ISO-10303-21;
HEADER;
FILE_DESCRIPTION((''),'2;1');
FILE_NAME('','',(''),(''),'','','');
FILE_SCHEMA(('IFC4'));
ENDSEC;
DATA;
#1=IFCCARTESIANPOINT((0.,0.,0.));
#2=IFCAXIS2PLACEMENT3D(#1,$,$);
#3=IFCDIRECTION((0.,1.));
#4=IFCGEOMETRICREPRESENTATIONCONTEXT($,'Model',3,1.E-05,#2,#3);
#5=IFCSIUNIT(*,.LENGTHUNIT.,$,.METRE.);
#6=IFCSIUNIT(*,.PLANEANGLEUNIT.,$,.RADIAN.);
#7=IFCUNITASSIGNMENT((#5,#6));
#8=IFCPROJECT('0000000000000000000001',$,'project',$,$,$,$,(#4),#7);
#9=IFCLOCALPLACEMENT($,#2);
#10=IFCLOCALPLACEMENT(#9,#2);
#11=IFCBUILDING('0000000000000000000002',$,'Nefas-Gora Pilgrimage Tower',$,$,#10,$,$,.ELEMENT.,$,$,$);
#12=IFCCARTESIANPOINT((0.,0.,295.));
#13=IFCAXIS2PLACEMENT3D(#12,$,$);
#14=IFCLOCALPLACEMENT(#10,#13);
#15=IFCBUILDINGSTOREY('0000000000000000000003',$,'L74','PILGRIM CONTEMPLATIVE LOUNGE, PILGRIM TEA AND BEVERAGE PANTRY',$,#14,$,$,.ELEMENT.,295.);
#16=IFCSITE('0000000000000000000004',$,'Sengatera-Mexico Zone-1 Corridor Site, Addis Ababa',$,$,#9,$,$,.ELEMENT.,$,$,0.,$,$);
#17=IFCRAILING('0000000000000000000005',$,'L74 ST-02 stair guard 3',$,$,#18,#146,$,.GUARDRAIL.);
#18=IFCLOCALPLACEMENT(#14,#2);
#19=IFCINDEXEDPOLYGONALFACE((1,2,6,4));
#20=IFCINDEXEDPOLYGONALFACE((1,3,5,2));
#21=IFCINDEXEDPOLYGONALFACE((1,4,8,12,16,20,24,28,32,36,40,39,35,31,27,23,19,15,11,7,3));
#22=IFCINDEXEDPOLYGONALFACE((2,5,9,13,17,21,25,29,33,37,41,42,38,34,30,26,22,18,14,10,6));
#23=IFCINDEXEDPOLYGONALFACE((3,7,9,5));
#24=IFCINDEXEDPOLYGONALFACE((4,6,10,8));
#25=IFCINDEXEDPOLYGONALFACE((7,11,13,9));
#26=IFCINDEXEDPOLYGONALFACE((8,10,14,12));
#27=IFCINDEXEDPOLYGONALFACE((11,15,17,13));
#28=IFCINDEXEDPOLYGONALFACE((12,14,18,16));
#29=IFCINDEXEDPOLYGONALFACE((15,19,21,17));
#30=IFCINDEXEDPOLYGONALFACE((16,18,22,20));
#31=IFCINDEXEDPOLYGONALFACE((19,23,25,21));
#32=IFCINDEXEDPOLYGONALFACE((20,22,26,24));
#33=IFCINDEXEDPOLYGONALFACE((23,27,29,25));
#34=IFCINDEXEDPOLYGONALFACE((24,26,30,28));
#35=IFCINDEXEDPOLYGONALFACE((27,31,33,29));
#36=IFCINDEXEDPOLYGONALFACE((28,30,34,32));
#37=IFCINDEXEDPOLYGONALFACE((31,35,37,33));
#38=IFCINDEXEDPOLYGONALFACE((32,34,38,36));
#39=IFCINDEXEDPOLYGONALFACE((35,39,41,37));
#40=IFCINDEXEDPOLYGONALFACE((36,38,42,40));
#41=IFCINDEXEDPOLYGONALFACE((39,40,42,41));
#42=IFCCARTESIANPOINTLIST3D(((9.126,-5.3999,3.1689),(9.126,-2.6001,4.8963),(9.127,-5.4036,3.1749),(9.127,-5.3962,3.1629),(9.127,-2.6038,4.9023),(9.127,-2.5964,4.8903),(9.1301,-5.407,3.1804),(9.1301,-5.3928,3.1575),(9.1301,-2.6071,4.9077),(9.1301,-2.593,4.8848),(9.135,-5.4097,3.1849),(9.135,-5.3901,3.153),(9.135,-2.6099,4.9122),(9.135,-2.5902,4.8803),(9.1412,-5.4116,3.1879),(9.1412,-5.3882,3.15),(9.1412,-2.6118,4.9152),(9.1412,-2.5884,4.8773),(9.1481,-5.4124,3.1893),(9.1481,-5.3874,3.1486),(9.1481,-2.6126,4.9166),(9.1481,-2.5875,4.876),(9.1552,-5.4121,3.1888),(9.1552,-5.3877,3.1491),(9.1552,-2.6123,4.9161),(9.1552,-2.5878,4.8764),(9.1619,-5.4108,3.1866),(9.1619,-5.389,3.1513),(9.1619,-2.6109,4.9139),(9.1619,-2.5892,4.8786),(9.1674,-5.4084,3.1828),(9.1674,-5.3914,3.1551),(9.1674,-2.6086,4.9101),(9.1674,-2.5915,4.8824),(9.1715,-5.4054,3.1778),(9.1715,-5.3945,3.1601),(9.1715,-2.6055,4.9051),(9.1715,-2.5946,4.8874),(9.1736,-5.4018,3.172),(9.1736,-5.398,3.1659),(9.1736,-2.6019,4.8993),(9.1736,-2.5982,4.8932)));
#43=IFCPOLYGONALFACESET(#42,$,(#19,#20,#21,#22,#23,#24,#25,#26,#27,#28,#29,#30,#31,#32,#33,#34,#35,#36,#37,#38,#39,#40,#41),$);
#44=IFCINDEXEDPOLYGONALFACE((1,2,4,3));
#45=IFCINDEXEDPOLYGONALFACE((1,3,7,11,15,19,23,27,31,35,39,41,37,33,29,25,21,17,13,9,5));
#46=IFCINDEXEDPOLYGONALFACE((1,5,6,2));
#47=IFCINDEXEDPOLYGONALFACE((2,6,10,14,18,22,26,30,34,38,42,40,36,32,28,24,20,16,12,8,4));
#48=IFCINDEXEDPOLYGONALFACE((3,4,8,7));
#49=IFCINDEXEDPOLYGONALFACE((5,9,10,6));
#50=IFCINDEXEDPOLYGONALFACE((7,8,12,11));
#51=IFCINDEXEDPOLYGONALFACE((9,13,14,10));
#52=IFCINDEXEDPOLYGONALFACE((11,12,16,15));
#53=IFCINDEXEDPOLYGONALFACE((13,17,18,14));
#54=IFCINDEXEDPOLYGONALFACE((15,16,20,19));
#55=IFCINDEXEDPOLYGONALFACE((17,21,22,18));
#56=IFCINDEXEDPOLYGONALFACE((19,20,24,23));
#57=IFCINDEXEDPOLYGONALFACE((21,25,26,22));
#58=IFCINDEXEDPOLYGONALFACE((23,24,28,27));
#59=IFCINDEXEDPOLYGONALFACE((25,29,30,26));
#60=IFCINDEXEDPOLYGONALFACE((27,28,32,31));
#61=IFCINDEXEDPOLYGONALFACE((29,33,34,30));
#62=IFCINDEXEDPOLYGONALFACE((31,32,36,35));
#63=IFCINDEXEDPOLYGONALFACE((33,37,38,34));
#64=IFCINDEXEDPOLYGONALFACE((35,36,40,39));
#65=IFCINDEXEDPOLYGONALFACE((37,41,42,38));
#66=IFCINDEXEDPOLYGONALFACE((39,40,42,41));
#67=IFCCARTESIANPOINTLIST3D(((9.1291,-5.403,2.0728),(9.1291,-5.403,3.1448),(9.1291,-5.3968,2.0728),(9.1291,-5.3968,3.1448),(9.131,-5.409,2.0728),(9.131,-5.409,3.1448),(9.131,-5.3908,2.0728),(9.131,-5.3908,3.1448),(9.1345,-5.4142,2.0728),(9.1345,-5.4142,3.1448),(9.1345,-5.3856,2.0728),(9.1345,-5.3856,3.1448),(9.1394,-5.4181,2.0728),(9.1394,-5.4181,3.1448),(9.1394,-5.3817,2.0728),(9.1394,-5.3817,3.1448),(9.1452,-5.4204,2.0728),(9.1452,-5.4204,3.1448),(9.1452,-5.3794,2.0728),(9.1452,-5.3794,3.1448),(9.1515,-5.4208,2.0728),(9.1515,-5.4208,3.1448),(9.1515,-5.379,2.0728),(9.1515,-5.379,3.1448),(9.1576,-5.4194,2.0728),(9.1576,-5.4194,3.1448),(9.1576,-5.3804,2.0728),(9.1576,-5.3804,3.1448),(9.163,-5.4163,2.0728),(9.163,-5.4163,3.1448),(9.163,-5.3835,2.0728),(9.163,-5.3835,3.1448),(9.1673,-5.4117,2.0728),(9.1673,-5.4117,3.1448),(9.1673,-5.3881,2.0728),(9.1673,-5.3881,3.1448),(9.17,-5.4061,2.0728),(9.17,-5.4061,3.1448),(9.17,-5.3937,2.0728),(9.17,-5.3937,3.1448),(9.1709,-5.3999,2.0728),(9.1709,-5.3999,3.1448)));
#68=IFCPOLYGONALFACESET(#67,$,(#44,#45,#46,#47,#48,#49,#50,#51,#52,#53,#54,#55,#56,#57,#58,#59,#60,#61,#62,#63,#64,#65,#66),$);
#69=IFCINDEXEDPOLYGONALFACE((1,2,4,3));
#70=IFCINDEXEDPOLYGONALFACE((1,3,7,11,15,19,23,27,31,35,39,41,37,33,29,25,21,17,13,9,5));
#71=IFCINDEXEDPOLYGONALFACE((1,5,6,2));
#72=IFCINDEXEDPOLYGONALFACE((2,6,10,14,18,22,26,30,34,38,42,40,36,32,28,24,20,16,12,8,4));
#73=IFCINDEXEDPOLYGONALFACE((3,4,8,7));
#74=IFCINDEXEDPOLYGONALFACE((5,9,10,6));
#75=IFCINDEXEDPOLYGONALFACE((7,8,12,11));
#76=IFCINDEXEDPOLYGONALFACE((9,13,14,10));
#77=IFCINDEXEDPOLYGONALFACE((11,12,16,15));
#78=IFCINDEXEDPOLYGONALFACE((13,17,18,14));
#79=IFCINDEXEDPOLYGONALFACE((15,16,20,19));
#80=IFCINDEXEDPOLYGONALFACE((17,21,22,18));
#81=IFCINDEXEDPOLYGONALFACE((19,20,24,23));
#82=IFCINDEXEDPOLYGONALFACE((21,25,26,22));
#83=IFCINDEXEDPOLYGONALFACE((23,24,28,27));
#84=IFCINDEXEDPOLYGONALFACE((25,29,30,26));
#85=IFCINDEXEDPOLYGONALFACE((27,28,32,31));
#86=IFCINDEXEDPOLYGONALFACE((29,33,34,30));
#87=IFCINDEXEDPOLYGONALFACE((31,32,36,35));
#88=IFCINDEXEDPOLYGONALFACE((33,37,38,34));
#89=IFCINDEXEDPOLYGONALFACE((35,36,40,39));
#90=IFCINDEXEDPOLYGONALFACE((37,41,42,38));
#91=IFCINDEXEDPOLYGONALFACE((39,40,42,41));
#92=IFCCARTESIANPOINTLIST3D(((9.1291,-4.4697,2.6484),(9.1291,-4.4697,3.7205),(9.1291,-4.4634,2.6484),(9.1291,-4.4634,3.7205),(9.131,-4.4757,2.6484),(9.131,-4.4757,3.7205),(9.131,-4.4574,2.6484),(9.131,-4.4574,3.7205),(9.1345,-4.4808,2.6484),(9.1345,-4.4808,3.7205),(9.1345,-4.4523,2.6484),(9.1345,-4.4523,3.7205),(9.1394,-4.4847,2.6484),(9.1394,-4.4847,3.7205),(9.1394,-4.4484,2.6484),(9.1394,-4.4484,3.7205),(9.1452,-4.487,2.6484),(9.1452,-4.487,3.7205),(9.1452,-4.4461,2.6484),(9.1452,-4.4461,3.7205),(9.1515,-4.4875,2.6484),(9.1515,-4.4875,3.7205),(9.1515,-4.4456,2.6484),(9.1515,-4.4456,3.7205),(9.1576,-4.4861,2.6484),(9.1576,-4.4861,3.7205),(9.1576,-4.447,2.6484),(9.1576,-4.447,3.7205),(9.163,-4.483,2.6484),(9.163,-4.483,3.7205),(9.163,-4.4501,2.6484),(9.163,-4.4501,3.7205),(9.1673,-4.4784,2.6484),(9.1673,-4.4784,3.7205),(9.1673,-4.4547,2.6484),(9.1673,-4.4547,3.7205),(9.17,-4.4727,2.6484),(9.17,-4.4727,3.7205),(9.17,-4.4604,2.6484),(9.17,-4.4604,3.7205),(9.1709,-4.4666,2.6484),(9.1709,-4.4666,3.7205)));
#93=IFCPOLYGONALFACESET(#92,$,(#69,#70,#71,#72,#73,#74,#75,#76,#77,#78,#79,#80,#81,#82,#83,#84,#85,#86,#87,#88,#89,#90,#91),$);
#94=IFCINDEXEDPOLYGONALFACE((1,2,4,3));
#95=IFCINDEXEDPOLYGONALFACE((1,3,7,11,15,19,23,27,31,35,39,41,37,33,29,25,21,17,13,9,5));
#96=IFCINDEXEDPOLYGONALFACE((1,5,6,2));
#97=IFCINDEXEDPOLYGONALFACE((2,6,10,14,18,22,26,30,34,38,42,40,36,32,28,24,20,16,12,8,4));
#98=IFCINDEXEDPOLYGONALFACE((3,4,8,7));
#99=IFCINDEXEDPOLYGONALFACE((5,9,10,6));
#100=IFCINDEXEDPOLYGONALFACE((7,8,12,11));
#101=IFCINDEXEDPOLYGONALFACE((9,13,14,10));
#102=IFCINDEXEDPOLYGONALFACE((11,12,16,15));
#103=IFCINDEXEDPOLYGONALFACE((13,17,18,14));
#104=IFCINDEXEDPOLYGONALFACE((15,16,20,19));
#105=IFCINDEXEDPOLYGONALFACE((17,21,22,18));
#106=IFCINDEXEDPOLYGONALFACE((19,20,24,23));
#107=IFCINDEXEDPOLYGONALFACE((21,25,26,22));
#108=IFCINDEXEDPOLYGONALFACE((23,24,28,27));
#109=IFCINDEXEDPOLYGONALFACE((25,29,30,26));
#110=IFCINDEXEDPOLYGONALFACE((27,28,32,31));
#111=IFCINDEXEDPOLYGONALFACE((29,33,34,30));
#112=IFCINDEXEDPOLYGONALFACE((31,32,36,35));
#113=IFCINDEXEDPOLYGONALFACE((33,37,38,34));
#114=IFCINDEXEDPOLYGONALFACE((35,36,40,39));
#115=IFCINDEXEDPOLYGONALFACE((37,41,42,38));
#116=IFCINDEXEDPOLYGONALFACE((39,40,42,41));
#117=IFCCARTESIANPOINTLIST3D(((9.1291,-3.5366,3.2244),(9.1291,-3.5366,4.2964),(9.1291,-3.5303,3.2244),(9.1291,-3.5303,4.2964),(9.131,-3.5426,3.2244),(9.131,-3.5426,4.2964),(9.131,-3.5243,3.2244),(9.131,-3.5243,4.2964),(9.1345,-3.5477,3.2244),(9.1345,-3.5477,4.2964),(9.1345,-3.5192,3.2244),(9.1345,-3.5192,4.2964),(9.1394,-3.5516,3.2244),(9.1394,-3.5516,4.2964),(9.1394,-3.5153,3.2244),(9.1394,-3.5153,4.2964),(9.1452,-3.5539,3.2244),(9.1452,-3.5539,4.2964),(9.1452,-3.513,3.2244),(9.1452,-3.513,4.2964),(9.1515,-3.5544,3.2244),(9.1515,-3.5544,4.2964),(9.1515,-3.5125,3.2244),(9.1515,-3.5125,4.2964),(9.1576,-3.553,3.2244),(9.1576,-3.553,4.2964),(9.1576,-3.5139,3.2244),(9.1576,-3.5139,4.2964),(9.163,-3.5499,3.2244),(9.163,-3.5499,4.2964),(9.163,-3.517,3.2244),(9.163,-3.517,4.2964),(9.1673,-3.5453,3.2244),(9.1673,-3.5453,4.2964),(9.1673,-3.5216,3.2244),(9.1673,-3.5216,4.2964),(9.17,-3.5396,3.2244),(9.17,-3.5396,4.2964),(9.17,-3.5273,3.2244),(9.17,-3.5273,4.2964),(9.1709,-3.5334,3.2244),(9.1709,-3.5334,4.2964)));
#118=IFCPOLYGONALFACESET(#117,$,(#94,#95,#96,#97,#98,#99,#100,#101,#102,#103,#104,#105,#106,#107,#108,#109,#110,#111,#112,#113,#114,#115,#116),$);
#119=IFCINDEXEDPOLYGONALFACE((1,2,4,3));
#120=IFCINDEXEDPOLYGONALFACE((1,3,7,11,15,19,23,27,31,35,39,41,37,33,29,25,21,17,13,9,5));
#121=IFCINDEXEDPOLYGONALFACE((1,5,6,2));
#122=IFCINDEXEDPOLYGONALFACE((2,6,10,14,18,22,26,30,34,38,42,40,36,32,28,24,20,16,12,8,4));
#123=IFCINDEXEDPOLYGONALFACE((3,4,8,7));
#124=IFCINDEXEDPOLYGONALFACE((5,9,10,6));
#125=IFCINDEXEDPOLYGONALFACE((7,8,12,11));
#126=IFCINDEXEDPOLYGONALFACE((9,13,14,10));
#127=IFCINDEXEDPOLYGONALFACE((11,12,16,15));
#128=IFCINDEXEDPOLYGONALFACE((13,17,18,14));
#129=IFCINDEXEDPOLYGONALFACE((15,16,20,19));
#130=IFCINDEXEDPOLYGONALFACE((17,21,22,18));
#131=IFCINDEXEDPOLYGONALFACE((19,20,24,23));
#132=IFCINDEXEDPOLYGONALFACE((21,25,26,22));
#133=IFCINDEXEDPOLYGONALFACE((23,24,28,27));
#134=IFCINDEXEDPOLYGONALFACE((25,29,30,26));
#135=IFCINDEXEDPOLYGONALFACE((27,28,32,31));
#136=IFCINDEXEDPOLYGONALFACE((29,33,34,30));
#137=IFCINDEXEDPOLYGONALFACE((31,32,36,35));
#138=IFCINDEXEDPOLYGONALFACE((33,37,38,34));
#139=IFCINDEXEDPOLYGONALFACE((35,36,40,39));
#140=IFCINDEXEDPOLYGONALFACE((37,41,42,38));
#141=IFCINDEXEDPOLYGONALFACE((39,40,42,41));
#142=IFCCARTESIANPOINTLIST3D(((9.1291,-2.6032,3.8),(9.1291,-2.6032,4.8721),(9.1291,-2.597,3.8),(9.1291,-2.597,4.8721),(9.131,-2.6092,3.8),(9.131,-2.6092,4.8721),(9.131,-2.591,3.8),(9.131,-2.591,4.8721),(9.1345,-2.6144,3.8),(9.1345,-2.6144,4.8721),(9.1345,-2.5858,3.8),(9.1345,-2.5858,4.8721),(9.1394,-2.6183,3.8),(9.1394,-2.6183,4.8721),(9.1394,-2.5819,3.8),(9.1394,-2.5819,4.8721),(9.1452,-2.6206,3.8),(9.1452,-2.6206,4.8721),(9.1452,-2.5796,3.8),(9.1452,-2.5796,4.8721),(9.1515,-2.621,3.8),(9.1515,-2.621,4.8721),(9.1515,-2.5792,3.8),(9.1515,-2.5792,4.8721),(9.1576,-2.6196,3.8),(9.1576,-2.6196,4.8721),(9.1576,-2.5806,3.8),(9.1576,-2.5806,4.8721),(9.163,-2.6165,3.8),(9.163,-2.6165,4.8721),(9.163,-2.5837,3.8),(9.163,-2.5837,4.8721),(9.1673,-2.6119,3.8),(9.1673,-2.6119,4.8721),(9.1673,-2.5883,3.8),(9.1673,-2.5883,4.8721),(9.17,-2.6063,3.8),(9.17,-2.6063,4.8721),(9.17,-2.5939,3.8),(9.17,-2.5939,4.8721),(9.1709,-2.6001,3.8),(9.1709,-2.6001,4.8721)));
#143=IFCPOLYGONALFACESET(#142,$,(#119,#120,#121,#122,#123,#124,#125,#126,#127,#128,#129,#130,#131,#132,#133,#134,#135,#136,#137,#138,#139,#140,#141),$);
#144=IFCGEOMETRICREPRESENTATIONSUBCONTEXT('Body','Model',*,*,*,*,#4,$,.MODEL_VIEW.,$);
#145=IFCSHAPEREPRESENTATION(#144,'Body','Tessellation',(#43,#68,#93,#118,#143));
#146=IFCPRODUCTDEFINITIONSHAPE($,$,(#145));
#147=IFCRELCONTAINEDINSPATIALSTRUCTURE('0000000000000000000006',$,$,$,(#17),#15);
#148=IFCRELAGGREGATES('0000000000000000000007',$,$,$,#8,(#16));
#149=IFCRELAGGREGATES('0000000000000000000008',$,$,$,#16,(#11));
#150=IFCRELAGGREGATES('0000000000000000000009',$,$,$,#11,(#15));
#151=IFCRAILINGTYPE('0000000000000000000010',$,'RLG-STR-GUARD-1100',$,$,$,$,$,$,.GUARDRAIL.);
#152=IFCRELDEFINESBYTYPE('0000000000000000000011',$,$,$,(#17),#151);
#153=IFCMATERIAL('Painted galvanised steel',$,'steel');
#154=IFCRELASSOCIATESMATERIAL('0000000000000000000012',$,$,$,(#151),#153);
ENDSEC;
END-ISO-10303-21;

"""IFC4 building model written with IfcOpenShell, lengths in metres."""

from ifc_helpers import new_model, si_unit, direction, frame, origin, origin_2d, place, context, subcontext, project, spatial, circle, extrude, material, type_object, element, save


model = new_model("IFC4")

# Units and contexts
model_context = context("Model", 3, precision=1e-05, world=origin(), true_north=direction((0.0, 1.0)))
body_context = subcontext(model_context, "Body", "Model", "MODEL_VIEW")
ifc_project = project(units=[si_unit("LENGTHUNIT", "METRE"), si_unit("PLANEANGLEUNIT", "RADIAN")], contexts=[model_context])

# Site, building, storey
site_placement = place(None, origin())
site = spatial("IfcSite", under=ifc_project, at=site_placement, Name="Sengatera-Mexico Zone-1 Corridor Site, Addis Ababa", CompositionType="ELEMENT", RefElevation=0.0)
building_placement = place(site_placement, origin())
building = spatial("IfcBuilding", under=site, at=building_placement, Name="Nefas-Gora Pilgrimage Tower", CompositionType="ELEMENT")
storey_placement = place(building_placement, frame((0.0, 0.0, 295.0)))
storey = spatial("IfcBuildingStorey", under=building, at=storey_placement, Name="L74", Description="PILGRIM CONTEMPLATIVE LOUNGE, PILGRIM TEA AND BEVERAGE PANTRY", CompositionType="ELEMENT", Elevation=295.0)

# Railing
ifc_material_1 = material(Name="Painted galvanised steel", Category="steel")
railing_type_1 = type_object("IfcRailingType", Name="RLG-STR-GUARD-1100", PredefinedType="GUARDRAIL", material=ifc_material_1)
railing_1_placement = place(storey_placement, frame((9.1499, -5.3999, 2.0728)))
element("IfcRailing", 1, at=railing_1_placement, inside=storey, type_object=railing_type_1, Name="L74 ST-02 stair guard 3", PredefinedType="GUARDRAIL", context=body_context, shape_type="SweptSolid", body=[
    extrude(circle(Radius=0.0239, at=origin_2d()), frame((0.0, 0.0, 1.0962), z_axis=(0.0, 0.851069, 0.525054), x_axis=(-1.0, 0.0, 0.0)), (0.0, 0.0, 1.0), 3.2898),
    extrude(circle(Radius=0.021, at=origin_2d()), origin(), (0.0, 0.0, 1.0), 1.072),
    extrude(circle(Radius=0.021, at=origin_2d()), frame((0.0, 0.9333, 0.5757)), (0.0, 0.0, 1.0), 1.072),
    extrude(circle(Radius=0.021, at=origin_2d()), frame((0.0, 1.8665, 1.1516)), (0.0, 0.0, 1.0), 1.072),
    extrude(circle(Radius=0.021, at=origin_2d()), frame((0.0, 2.7998, 1.7273)), (0.0, 0.0, 1.0), 1.072),
])

save(model, "model.ifc")
